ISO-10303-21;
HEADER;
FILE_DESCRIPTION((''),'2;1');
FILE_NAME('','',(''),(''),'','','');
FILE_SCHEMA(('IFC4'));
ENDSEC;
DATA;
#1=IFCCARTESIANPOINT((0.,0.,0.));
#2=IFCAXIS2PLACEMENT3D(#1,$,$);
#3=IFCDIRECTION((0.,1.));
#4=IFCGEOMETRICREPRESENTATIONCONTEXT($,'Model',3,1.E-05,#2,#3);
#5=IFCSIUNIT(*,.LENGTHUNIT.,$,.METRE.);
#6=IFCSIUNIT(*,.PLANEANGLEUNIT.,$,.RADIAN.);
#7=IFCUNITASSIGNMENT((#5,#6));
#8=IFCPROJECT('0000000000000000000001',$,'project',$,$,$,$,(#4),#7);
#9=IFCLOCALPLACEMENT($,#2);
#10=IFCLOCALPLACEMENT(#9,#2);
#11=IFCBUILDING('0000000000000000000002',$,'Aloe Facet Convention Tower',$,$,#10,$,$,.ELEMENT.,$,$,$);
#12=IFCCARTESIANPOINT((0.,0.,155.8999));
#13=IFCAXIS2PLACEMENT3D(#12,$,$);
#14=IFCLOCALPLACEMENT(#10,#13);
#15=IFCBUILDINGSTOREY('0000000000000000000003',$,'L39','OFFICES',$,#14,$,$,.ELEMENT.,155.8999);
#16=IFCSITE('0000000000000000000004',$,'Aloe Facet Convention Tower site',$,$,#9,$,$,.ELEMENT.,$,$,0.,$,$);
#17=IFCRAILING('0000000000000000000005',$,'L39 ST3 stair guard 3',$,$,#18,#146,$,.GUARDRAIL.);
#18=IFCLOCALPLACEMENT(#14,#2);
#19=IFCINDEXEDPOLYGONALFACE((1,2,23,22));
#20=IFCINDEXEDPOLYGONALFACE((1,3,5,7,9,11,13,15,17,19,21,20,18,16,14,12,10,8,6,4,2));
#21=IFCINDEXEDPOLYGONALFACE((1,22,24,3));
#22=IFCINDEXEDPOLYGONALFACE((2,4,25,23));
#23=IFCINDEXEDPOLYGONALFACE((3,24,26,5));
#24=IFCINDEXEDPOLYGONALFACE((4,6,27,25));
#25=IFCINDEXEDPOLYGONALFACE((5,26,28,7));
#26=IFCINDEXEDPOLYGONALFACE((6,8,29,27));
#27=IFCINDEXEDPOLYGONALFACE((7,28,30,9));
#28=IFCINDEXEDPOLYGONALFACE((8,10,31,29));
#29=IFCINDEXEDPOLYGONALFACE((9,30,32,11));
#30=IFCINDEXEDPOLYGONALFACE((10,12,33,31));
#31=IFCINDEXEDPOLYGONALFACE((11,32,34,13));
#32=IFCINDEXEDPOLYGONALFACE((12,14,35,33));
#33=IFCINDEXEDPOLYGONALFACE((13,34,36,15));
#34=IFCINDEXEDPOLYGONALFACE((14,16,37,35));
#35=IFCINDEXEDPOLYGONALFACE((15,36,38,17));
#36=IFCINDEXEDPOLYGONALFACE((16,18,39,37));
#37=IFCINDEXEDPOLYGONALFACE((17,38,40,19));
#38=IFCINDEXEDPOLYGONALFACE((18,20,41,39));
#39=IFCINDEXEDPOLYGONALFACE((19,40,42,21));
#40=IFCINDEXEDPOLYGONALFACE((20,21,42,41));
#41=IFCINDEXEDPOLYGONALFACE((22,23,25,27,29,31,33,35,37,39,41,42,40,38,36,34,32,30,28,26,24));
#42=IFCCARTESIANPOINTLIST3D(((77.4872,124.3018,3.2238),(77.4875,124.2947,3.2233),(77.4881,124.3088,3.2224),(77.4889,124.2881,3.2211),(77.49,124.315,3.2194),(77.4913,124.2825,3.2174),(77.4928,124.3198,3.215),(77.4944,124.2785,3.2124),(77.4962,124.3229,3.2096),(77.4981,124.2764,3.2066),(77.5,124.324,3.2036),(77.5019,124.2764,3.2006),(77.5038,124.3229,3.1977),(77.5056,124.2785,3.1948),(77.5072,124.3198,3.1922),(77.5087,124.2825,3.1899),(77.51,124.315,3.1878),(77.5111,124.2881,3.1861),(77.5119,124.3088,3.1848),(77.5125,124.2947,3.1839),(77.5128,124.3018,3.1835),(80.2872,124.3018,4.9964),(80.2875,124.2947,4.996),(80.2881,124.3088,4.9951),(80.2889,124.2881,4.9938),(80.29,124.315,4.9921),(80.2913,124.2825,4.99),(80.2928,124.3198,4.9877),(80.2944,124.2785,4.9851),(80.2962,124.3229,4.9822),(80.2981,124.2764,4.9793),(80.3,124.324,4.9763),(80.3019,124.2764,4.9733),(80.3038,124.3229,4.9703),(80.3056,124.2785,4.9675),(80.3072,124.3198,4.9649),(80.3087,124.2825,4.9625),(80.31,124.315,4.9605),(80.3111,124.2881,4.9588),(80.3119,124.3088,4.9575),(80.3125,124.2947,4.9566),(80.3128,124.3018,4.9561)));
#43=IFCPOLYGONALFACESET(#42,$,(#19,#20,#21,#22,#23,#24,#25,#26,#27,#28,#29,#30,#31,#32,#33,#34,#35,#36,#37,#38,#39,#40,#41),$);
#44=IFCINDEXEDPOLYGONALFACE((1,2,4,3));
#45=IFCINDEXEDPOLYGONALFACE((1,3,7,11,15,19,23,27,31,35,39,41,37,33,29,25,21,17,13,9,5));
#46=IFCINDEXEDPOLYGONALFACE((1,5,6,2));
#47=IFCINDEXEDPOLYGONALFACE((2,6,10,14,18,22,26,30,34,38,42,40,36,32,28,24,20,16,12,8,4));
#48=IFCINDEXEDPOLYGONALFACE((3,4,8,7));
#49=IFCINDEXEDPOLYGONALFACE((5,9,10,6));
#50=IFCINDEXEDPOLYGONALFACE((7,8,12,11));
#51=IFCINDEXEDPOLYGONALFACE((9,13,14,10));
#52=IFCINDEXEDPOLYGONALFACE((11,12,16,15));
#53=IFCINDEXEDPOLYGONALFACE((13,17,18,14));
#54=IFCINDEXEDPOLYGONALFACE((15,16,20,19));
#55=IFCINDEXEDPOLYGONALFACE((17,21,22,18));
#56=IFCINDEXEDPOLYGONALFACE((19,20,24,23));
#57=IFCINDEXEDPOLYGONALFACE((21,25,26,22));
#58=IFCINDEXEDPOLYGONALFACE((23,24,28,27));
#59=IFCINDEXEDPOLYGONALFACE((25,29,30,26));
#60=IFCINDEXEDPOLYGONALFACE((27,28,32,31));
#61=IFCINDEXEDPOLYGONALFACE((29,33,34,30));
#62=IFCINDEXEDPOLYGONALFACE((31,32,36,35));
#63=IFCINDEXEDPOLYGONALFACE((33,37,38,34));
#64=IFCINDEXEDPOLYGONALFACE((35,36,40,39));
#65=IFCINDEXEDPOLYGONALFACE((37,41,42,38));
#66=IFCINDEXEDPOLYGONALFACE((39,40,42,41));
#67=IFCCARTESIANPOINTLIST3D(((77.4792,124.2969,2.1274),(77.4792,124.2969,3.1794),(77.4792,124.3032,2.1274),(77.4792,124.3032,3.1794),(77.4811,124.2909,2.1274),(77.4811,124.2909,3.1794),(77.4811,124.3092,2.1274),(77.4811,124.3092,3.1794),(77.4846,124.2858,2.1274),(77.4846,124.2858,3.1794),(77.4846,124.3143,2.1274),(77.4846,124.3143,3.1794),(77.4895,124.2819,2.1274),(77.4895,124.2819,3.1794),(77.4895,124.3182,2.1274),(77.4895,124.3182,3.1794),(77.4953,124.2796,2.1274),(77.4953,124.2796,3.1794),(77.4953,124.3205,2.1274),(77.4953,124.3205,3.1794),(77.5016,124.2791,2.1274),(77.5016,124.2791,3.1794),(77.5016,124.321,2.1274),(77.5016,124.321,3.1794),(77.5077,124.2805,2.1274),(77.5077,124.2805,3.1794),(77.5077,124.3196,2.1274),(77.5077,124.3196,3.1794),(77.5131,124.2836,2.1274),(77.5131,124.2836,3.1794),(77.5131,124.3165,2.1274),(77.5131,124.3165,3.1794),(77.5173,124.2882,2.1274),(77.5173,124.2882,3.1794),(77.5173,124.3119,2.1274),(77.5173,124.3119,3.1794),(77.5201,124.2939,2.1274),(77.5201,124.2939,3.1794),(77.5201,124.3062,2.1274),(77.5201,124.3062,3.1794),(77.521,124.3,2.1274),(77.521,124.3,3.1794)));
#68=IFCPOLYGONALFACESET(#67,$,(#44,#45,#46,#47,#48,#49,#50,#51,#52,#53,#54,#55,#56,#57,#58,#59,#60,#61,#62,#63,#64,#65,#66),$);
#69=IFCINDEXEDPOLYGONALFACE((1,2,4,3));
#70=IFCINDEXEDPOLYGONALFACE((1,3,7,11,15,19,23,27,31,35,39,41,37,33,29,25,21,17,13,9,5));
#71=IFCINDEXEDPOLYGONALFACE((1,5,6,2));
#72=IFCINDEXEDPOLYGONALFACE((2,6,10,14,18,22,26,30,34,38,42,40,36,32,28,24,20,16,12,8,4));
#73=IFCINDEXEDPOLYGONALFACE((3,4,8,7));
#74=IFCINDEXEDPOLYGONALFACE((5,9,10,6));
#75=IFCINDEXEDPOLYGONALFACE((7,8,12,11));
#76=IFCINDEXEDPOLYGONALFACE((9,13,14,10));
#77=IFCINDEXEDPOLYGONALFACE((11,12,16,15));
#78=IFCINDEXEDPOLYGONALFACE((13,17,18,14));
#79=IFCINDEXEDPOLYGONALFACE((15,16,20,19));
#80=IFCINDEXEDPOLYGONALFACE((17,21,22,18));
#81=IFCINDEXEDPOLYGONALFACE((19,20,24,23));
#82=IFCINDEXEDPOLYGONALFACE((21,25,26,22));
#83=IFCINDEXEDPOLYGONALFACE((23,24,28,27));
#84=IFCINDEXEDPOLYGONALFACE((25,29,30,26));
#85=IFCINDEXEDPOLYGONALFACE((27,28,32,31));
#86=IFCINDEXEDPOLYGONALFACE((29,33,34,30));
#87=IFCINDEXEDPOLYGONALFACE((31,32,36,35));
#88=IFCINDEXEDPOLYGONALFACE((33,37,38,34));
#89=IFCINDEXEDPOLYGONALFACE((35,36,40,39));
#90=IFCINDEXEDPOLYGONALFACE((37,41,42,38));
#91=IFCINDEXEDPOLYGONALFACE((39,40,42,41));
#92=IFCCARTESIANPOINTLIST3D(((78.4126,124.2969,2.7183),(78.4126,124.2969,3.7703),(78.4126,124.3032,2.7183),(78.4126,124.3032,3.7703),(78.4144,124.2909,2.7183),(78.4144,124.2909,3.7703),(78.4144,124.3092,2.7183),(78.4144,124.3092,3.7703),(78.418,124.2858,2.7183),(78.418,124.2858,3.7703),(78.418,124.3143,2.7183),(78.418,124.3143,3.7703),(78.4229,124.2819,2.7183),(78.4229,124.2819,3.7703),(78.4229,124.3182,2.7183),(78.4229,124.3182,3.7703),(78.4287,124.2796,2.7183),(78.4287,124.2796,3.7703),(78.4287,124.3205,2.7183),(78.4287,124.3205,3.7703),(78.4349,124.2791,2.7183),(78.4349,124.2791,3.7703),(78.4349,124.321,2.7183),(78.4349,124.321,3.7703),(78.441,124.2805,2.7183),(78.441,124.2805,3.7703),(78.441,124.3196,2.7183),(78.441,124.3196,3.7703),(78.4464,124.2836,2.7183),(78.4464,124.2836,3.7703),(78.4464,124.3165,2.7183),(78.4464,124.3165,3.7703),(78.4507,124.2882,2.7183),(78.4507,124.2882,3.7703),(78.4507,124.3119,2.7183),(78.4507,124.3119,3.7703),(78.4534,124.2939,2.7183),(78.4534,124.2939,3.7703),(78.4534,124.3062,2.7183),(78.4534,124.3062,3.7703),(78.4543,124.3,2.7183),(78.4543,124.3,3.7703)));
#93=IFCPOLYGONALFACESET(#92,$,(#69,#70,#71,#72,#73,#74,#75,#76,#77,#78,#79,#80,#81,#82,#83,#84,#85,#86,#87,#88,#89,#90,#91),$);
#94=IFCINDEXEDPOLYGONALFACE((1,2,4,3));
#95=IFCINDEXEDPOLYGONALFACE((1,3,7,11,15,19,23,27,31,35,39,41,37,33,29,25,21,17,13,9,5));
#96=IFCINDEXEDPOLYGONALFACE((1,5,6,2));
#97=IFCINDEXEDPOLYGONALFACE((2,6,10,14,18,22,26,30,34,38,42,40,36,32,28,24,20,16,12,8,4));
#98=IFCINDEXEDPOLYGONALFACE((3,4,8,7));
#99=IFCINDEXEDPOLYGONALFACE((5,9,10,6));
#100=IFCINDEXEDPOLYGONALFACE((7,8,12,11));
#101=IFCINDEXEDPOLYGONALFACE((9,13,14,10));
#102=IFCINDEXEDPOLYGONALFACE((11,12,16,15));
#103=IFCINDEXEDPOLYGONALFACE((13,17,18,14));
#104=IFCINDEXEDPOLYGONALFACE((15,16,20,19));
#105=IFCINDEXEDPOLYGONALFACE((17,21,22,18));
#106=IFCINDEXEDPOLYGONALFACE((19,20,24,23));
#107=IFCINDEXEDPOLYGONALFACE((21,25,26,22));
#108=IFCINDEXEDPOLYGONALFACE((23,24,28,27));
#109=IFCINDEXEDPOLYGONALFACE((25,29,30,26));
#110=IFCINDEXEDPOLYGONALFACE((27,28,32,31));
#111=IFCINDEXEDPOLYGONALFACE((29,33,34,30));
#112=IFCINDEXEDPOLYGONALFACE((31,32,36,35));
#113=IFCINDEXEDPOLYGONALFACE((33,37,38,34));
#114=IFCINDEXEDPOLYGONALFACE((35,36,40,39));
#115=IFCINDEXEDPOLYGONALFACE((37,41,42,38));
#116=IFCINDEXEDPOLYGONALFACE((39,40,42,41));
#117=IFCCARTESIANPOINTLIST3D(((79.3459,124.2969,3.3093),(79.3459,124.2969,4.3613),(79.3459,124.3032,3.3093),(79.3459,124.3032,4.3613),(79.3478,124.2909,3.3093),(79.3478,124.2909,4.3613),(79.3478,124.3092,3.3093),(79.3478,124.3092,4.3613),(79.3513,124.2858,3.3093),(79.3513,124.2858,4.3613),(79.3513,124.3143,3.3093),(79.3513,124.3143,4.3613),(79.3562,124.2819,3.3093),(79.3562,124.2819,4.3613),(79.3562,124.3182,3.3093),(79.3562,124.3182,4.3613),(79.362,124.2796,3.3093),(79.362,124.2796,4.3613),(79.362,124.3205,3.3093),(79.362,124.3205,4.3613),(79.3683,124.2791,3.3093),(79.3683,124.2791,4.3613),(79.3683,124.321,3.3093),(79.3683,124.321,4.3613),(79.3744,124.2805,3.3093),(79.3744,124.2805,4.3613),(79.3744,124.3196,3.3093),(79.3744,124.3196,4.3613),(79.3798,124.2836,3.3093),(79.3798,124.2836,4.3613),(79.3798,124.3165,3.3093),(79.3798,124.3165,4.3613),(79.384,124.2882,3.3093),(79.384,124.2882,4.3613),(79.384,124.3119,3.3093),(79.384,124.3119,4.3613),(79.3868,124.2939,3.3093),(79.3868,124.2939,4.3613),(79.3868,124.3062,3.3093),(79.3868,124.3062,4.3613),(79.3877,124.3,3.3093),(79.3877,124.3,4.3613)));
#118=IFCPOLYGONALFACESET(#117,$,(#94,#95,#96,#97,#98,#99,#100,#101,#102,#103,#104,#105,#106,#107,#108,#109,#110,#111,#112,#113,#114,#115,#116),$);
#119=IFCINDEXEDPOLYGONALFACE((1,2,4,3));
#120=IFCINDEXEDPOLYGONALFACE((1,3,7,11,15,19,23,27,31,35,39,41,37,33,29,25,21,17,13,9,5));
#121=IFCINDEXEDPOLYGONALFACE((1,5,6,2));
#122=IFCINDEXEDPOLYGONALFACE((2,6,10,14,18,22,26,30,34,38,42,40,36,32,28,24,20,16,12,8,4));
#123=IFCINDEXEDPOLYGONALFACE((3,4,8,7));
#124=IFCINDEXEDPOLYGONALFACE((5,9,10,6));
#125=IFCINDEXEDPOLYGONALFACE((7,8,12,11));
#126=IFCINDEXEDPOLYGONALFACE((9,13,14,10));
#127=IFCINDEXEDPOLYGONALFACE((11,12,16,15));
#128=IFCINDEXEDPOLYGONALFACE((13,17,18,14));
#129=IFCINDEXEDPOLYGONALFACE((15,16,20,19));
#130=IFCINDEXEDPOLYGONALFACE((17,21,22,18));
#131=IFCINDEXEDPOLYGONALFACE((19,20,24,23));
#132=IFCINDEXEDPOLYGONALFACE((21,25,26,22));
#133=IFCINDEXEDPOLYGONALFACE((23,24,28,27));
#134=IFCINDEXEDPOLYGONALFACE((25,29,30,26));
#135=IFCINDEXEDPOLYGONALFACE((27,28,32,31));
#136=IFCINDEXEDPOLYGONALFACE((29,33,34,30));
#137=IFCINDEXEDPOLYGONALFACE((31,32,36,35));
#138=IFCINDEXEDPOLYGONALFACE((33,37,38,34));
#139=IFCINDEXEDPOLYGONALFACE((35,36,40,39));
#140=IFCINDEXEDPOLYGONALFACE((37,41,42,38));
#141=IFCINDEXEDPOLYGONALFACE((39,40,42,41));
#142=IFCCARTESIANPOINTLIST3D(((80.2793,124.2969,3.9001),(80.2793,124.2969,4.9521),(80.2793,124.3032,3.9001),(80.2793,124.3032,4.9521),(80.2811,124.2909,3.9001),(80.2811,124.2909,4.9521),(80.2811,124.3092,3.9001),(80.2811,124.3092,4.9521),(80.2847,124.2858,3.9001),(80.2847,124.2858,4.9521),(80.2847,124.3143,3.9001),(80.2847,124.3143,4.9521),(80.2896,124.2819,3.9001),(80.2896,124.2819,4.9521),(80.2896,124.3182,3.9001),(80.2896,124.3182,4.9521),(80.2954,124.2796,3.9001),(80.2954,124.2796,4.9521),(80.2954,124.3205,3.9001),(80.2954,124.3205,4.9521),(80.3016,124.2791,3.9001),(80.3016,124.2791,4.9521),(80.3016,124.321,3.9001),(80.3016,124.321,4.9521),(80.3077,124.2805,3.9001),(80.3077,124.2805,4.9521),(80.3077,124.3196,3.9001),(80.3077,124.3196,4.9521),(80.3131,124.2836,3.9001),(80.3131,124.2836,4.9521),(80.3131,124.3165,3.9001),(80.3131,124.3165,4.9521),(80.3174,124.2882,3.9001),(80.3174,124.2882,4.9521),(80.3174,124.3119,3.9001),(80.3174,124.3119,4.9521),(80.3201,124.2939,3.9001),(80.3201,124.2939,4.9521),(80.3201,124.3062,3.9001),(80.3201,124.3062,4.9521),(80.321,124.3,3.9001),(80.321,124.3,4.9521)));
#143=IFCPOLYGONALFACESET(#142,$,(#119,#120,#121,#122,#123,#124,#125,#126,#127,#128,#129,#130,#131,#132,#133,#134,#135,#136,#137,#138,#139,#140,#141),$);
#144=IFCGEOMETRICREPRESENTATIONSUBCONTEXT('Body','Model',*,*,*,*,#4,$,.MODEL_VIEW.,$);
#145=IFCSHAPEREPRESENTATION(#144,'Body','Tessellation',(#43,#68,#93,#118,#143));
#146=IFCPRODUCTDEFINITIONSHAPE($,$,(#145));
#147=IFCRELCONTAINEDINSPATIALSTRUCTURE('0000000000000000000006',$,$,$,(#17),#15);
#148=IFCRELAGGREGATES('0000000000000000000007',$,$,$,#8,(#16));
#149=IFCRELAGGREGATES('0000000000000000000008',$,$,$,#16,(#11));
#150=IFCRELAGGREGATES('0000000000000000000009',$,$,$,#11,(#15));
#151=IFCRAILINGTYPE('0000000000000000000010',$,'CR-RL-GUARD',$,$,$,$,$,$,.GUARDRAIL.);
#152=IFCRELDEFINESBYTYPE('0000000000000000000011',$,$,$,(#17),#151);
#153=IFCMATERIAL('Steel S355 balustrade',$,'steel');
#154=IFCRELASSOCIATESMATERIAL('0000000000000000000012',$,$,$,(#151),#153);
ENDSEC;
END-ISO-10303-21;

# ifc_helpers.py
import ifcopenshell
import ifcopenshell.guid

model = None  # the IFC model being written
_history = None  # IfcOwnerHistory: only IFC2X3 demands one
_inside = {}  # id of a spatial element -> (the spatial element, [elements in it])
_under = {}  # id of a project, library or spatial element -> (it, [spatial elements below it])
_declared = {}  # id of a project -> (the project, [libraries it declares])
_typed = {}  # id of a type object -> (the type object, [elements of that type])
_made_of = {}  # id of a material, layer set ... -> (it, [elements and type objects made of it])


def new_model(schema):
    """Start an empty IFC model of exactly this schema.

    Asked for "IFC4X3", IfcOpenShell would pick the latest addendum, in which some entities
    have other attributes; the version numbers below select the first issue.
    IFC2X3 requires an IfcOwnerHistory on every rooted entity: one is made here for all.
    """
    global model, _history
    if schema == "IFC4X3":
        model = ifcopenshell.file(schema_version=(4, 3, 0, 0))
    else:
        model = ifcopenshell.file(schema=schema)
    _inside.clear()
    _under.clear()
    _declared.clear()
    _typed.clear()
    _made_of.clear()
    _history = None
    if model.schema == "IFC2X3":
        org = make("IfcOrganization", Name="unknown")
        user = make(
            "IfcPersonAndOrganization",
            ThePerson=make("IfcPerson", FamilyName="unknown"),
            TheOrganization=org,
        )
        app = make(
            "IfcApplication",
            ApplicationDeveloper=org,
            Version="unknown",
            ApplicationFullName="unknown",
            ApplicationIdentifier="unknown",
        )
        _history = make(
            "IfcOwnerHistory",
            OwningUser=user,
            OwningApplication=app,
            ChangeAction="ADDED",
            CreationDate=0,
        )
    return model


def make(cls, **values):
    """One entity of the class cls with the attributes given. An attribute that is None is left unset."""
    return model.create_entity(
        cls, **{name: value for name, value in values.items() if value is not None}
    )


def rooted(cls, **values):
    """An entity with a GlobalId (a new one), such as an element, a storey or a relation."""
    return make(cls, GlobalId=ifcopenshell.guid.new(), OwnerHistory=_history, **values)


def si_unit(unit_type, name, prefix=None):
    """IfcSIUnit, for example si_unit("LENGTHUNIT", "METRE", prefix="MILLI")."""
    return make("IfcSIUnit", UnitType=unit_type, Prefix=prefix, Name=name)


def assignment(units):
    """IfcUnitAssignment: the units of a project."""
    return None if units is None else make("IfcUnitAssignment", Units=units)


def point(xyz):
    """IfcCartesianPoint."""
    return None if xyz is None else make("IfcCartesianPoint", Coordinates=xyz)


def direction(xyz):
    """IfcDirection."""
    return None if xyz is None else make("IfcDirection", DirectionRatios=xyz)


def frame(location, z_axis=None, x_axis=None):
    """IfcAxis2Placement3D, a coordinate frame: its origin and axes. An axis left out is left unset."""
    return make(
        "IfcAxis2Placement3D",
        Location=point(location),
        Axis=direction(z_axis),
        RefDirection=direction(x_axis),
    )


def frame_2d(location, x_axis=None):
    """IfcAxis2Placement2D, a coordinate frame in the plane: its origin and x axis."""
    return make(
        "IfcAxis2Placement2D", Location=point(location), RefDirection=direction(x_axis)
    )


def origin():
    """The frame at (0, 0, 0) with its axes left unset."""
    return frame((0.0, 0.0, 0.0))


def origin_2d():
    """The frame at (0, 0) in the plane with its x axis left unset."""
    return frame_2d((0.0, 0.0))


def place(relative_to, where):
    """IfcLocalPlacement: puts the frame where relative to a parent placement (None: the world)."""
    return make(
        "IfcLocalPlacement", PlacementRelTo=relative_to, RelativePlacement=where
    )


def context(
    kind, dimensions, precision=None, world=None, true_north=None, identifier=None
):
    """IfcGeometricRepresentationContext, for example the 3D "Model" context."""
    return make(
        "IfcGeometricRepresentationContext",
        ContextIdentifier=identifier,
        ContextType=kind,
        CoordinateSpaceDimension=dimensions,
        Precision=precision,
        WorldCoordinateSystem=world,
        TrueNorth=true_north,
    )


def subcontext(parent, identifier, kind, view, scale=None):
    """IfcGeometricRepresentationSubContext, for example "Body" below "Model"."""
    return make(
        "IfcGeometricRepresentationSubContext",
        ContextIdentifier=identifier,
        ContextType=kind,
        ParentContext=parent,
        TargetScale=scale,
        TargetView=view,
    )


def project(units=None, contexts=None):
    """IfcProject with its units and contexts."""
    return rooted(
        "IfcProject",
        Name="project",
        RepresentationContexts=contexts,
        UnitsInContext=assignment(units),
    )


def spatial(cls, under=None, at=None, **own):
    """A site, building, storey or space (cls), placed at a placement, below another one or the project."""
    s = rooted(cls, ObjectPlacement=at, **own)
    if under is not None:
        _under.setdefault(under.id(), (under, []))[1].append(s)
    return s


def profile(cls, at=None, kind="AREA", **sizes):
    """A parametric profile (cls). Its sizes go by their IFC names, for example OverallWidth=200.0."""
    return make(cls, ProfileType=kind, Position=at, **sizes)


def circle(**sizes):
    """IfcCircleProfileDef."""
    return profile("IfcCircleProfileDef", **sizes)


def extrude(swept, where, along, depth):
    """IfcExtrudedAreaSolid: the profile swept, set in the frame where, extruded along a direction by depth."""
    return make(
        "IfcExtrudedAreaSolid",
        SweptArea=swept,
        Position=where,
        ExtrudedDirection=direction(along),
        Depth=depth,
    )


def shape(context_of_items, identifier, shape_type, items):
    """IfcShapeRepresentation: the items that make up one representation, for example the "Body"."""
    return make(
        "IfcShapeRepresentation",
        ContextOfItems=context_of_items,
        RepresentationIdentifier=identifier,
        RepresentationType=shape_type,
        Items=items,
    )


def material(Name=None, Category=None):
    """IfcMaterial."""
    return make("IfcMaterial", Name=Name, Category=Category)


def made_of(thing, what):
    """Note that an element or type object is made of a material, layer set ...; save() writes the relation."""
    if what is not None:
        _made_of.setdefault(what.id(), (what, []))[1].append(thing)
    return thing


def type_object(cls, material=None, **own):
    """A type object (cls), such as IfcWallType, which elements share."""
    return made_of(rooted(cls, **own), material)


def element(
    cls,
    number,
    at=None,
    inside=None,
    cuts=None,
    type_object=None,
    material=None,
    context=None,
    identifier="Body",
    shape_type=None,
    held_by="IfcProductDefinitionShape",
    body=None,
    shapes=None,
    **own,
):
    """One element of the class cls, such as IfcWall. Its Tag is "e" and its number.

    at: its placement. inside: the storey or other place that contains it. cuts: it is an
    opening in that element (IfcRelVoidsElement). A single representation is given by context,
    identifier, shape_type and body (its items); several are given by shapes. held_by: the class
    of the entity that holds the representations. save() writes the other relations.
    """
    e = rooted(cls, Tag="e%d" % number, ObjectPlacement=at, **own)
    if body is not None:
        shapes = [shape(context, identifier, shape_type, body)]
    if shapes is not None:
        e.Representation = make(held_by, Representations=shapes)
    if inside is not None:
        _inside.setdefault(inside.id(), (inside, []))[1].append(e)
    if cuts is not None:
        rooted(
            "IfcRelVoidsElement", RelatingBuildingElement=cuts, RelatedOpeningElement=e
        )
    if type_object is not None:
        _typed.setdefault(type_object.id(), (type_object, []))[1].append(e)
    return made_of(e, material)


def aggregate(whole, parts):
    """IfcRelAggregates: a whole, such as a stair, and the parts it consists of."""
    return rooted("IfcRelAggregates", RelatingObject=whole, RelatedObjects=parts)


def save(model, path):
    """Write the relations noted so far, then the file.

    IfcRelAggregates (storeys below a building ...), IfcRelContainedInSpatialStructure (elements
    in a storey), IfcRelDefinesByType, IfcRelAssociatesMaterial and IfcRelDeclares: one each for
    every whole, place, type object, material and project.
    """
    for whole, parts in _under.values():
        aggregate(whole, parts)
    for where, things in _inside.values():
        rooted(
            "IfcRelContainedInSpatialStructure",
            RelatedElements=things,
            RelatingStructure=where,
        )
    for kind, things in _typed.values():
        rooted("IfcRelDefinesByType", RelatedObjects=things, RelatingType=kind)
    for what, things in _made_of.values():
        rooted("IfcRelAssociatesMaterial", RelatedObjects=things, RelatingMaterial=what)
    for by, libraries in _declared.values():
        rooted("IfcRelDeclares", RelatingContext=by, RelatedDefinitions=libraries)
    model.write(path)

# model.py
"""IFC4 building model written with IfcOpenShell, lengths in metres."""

from ifc_helpers import new_model, si_unit, direction, frame, origin, origin_2d, place, context, subcontext, project, spatial, circle, extrude, material, type_object, element, save


model = new_model("IFC4")

# Units and contexts
model_context = context("Model", 3, precision=1e-05, world=origin(), true_north=direction((0.0, 1.0)))
body_context = subcontext(model_context, "Body", "Model", "MODEL_VIEW")
ifc_project = project(units=[si_unit("LENGTHUNIT", "METRE"), si_unit("PLANEANGLEUNIT", "RADIAN")], contexts=[model_context])

# Site, building, storey
site_placement = place(None, origin())
site = spatial("IfcSite", under=ifc_project, at=site_placement, Name="Aloe Facet Convention Tower site", CompositionType="ELEMENT", RefElevation=0.0)
building_placement = place(site_placement, origin())
building = spatial("IfcBuilding", under=site, at=building_placement, Name="Aloe Facet Convention Tower", CompositionType="ELEMENT")
storey_placement = place(building_placement, frame((0.0, 0.0, 155.8999)))
storey = spatial("IfcBuildingStorey", under=building, at=storey_placement, Name="L39", Description="OFFICES", CompositionType="ELEMENT", Elevation=155.8999)

# Railing
ifc_material_1 = material(Name="Steel S355 balustrade", Category="steel")
railing_type_1 = type_object("IfcRailingType", Name="CR-RL-GUARD", PredefinedType="GUARDRAIL", material=ifc_material_1)
railing_1_placement = place(storey_placement, frame((77.5, 124.3, 2.1274)))
element("IfcRailing", 1, at=railing_1_placement, inside=storey, type_object=railing_type_1, Name="L39 ST3 stair guard 3", PredefinedType="GUARDRAIL", context=body_context, shape_type="SweptSolid", body=[
    extrude(circle(Radius=0.0239, at=origin_2d()), frame((0.0, 0.0, 1.0762), z_axis=(0.844909, 0.0, 0.53491), x_axis=(0.0, 1.0, 0.0)), (0.0, 0.0, 1.0), 3.314),
    extrude(circle(Radius=0.021, at=origin_2d()), origin(), (0.0, 0.0, 1.0), 1.052),
    extrude(circle(Radius=0.021, at=origin_2d()), frame((0.9333, 0.0, 0.5908)), (0.0, 0.0, 1.0), 1.052),
    extrude(circle(Radius=0.021, at=origin_2d()), frame((1.8667, 0.0, 1.1819)), (0.0, 0.0, 1.0), 1.052),
    extrude(circle(Radius=0.021, at=origin_2d()), frame((2.8, 0.0, 1.7727)), (0.0, 0.0, 1.0), 1.052),
])

save(model, "model.ifc")
